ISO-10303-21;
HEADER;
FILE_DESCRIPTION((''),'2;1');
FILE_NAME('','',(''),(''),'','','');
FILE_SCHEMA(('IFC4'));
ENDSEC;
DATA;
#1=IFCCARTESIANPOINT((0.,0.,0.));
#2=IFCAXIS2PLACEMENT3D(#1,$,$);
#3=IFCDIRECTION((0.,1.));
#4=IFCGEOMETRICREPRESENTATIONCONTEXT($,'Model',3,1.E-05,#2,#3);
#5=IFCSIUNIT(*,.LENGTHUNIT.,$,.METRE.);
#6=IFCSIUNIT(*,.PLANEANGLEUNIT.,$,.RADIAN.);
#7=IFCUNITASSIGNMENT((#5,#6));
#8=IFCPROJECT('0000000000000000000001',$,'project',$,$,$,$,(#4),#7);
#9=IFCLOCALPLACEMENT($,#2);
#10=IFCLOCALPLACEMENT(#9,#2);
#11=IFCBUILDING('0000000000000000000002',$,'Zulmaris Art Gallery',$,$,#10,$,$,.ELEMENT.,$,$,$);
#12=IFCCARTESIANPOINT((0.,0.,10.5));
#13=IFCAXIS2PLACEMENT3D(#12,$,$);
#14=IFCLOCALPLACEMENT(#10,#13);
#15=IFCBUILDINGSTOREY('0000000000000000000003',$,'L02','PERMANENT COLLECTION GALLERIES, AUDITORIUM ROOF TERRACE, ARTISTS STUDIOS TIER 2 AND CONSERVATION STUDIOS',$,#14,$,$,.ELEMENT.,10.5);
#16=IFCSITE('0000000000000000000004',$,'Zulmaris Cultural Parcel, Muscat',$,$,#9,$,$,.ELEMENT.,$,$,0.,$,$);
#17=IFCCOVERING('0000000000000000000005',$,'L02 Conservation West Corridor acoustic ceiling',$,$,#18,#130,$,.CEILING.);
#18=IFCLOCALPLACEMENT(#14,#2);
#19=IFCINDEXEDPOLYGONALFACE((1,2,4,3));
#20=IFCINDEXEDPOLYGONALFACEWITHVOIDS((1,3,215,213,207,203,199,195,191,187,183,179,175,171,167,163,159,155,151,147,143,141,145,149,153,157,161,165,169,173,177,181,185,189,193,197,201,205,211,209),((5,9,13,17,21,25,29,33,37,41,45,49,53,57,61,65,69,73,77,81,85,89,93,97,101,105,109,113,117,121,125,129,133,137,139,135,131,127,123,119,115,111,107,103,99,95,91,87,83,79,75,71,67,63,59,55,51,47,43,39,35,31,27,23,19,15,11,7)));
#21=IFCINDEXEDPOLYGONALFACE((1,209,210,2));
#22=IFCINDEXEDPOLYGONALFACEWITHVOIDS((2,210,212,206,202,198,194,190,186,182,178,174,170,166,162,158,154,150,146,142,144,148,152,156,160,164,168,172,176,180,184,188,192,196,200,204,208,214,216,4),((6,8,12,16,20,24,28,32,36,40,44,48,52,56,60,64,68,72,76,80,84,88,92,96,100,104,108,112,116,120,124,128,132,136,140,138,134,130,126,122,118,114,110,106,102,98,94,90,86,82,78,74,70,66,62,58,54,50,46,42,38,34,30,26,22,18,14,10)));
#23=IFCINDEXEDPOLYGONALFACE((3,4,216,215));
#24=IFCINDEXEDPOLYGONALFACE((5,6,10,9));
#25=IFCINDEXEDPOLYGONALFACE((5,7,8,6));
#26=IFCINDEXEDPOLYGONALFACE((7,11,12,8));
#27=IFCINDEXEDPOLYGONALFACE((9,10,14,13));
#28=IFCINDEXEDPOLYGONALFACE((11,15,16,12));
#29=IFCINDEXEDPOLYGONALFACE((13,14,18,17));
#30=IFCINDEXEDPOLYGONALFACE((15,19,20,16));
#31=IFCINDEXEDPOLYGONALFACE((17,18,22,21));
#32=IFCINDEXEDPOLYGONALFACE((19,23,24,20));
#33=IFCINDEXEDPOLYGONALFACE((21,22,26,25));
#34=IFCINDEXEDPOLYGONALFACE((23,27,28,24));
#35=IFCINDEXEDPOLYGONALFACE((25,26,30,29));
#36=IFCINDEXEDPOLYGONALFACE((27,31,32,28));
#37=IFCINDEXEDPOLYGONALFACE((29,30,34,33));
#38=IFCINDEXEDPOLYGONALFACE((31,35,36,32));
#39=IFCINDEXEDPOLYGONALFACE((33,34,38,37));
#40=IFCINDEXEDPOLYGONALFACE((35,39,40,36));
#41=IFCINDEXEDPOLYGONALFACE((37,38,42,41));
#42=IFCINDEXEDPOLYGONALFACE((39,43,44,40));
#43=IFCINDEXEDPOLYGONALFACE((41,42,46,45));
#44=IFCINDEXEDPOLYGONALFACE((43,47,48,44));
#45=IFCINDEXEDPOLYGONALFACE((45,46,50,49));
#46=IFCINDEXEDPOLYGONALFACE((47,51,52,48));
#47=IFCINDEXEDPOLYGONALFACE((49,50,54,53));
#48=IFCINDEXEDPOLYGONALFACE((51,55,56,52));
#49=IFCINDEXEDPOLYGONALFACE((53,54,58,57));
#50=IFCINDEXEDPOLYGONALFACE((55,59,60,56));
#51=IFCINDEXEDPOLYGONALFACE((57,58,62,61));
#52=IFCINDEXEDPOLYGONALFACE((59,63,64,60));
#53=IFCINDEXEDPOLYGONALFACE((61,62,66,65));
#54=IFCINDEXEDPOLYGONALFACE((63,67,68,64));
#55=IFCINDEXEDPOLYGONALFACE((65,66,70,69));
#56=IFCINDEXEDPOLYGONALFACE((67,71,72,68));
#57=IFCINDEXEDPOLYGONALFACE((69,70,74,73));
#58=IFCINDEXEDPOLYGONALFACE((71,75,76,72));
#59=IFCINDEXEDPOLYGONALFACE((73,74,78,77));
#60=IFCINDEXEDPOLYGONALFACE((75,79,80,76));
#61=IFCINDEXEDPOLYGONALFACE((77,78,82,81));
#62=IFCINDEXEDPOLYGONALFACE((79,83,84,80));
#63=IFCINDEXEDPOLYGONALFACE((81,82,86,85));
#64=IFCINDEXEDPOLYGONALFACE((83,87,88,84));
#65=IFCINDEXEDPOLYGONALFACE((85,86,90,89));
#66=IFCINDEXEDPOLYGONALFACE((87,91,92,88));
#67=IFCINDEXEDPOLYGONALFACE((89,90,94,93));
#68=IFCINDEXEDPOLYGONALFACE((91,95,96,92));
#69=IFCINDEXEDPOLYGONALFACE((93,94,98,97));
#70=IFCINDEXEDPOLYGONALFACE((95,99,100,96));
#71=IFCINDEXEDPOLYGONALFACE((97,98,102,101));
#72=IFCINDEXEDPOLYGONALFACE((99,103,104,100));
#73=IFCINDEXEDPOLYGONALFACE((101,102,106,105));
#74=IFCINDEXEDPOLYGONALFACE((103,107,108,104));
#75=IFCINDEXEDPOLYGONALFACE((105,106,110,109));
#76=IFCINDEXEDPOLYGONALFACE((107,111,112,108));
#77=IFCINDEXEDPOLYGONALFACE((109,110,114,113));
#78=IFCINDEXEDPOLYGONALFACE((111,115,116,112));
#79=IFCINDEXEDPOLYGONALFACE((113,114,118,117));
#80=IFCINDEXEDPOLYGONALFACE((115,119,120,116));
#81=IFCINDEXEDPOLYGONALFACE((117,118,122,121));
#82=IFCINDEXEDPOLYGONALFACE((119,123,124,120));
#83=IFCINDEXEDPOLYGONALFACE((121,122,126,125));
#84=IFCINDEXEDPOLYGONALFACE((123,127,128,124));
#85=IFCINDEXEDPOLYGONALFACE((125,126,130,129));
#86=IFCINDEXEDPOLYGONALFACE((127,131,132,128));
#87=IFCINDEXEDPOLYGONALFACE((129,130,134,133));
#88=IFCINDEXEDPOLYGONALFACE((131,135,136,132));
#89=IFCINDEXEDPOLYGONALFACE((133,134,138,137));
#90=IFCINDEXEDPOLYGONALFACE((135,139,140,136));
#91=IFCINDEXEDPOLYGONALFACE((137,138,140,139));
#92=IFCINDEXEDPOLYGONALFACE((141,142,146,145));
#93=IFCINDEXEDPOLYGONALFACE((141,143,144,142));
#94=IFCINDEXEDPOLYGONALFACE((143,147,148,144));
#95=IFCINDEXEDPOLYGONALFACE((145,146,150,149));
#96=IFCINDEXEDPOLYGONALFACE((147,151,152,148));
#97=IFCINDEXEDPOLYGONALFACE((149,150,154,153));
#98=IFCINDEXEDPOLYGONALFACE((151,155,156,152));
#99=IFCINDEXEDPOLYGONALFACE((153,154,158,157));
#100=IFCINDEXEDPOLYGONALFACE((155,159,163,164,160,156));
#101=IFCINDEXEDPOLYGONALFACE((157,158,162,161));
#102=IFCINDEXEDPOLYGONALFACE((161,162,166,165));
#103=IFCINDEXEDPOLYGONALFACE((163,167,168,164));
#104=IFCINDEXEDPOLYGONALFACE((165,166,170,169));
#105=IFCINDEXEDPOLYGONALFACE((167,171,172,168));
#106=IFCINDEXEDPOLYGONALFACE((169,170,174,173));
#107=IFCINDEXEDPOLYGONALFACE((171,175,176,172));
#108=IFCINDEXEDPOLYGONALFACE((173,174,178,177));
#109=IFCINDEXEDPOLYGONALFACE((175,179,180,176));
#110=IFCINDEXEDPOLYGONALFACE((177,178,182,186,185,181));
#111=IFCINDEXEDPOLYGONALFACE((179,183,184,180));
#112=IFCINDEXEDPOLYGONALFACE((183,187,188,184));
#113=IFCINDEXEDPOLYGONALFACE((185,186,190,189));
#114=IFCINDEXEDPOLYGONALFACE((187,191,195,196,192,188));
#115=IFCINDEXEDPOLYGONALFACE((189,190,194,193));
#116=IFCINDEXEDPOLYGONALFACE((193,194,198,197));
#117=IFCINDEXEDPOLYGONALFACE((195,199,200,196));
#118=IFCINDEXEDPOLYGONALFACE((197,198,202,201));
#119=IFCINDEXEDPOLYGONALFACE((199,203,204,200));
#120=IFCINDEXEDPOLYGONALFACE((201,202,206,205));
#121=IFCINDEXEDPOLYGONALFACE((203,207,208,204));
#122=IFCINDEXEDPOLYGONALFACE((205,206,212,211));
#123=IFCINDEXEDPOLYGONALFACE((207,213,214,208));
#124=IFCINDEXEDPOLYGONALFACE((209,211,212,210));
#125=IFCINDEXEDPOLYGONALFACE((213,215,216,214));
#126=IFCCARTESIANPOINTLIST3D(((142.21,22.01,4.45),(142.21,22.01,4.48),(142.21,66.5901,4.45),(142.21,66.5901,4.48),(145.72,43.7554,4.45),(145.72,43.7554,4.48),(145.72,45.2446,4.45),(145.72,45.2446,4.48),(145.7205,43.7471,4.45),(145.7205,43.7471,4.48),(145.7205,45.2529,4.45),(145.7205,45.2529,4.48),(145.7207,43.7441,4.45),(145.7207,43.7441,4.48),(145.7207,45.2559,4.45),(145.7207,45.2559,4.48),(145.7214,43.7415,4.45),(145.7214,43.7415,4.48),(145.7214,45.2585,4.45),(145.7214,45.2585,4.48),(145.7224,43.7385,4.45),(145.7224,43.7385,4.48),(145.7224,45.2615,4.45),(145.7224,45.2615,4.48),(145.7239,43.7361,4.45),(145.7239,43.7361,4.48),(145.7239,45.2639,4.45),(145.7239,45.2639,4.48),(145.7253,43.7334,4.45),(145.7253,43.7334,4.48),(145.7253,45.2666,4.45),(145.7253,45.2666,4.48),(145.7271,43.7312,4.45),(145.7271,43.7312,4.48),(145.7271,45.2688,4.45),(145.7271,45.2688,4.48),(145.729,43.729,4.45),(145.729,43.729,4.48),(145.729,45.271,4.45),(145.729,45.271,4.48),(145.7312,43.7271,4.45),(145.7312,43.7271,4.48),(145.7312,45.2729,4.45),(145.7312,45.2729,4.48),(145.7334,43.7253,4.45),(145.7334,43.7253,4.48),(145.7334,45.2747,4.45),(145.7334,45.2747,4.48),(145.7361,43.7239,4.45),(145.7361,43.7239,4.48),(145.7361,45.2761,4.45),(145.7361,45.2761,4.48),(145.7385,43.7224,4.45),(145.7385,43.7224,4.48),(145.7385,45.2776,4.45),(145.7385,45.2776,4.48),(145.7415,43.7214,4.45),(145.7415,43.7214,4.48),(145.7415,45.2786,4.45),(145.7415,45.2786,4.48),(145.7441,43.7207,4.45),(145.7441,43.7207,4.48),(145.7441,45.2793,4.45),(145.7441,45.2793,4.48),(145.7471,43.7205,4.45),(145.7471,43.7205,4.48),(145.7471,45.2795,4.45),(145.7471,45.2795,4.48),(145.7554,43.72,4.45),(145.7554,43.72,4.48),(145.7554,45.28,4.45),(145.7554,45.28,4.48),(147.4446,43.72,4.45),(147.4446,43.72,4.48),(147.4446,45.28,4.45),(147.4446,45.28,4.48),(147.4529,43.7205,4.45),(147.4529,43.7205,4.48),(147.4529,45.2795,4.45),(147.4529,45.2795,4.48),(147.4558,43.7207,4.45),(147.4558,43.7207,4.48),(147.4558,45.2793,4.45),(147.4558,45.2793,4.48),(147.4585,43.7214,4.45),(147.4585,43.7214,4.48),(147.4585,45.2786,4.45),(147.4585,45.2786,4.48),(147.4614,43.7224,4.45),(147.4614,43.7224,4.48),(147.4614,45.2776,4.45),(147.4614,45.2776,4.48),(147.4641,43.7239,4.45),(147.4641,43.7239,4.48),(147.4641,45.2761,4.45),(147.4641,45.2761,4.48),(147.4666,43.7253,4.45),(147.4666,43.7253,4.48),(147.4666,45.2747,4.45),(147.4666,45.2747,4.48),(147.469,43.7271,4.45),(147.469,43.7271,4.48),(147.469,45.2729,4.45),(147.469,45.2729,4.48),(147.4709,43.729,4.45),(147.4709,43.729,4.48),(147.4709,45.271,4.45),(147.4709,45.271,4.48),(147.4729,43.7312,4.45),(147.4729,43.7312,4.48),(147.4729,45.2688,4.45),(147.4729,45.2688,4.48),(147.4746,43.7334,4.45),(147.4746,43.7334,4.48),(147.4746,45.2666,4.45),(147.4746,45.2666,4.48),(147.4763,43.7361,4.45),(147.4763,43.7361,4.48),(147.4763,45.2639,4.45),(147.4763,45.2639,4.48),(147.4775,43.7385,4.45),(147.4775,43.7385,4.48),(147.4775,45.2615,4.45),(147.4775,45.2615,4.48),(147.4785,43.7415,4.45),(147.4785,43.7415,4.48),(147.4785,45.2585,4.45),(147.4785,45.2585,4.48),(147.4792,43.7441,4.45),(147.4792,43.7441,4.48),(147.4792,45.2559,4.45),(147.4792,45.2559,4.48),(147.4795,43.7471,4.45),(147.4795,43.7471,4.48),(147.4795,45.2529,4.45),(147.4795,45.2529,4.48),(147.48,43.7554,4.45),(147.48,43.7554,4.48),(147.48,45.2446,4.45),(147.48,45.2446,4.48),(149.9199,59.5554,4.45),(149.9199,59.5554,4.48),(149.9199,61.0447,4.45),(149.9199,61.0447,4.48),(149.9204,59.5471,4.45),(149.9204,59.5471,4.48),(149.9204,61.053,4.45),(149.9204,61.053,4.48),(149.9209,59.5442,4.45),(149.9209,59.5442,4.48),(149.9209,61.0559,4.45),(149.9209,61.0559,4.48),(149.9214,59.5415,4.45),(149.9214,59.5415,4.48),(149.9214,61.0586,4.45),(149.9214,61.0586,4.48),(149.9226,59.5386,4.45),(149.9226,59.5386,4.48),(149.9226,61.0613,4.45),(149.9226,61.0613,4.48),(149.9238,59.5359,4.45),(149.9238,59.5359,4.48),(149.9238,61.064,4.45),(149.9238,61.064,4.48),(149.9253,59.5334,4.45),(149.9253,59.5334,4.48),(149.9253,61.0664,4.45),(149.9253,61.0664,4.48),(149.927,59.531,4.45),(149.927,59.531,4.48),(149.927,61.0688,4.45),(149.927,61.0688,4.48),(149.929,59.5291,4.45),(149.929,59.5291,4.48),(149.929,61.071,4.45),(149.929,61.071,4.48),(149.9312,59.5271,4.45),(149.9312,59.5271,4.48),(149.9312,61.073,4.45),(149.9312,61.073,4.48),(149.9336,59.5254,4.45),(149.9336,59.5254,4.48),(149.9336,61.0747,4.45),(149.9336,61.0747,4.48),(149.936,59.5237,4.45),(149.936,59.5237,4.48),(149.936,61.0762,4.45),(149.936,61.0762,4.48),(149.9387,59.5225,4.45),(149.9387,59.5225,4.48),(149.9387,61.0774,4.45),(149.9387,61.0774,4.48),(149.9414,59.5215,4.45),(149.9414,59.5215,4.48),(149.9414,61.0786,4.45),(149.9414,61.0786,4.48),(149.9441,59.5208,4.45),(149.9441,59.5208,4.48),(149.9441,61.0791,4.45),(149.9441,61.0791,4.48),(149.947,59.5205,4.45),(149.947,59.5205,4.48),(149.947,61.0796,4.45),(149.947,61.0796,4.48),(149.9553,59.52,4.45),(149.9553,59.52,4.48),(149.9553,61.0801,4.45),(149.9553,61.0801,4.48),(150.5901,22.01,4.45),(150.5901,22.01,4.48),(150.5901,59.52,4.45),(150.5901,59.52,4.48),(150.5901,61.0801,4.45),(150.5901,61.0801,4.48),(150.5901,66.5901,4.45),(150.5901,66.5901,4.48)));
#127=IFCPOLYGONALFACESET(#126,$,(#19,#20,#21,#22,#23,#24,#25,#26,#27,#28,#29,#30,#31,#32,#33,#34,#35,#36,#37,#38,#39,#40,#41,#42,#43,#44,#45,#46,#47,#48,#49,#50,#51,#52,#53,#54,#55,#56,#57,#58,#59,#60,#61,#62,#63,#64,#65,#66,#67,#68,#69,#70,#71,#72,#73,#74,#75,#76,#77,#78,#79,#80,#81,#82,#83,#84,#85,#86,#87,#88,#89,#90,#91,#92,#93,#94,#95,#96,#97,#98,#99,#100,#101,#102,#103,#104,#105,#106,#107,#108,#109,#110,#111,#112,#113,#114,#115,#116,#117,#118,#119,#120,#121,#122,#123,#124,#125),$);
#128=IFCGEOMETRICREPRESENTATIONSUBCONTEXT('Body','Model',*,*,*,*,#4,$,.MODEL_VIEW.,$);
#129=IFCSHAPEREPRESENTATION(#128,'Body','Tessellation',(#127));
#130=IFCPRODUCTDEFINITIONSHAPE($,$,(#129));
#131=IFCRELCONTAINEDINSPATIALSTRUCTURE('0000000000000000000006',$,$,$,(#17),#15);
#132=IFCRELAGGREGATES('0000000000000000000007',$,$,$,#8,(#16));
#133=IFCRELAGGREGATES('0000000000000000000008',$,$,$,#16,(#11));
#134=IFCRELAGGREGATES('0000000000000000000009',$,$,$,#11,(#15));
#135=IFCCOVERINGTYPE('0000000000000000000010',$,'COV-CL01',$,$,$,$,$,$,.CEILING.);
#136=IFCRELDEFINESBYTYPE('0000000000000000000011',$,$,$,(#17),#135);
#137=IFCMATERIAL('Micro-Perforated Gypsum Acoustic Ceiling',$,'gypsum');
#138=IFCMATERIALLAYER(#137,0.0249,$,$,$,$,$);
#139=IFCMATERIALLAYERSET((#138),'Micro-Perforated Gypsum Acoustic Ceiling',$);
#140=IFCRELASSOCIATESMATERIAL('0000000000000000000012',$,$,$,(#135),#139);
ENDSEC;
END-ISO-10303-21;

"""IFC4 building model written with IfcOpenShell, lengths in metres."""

from ifc_helpers import new_model, si_unit, direction, frame, origin, place, context, subcontext, project, spatial, polyline, outline, extrude, material, layer, layer_set, type_object, element, save


model = new_model("IFC4")

# Units and contexts
model_context = context("Model", 3, precision=1e-05, world=origin(), true_north=direction((0.0, 1.0)))
body_context = subcontext(model_context, "Body", "Model", "MODEL_VIEW")
ifc_project = project(units=[si_unit("LENGTHUNIT", "METRE"), si_unit("PLANEANGLEUNIT", "RADIAN")], contexts=[model_context])

# Site, building, storey
site_placement = place(None, origin())
site = spatial("IfcSite", under=ifc_project, at=site_placement, Name="Zulmaris Cultural Parcel, Muscat", CompositionType="ELEMENT", RefElevation=0.0)
building_placement = place(site_placement, origin())
building = spatial("IfcBuilding", under=site, at=building_placement, Name="Zulmaris Art Gallery", CompositionType="ELEMENT")
storey_placement = place(building_placement, frame((0.0, 0.0, 10.5)))
storey = spatial("IfcBuildingStorey", under=building, at=storey_placement, Name="L02", Description="PERMANENT COLLECTION GALLERIES, AUDITORIUM ROOF TERRACE, ARTISTS STUDIOS TIER 2 AND CONSERVATION STUDIOS", CompositionType="ELEMENT", Elevation=10.5)

# Covering
ifc_material_1 = material(Name="Micro-Perforated Gypsum Acoustic Ceiling", Category="gypsum")
ifc_layer_1 = layer(ifc_material_1, 0.0249)
ifc_layer_set_1 = layer_set([ifc_layer_1], Name="Micro-Perforated Gypsum Acoustic Ceiling")
covering_type_1 = type_object("IfcCoveringType", Name="COV-CL01", PredefinedType="CEILING", material=ifc_layer_set_1)
covering_1_placement = place(storey_placement, frame((0.0, 0.0, 4.45)))
element("IfcCovering", 1, at=covering_1_placement, inside=storey, type_object=covering_type_1, Name="L02 Conservation West Corridor acoustic ceiling", PredefinedType="CEILING", context=body_context, shape_type="SweptSolid", body=[
    extrude(outline(polyline([(149.9553, 61.0801), (149.947, 61.0796), (149.9441, 61.0791), (149.9414, 61.0786), (149.9387, 61.0774), (149.936, 61.0762), (149.9336, 61.0747), (149.9312, 61.073), (149.929, 61.071), (149.927, 61.0688), (149.9253, 61.0664), (149.9238, 61.064), (149.9226, 61.0613), (149.9214, 61.0586), (149.9209, 61.0559), (149.9204, 61.053), (149.9199, 61.0447), (149.9199, 59.5554), (149.9204, 59.5471), (149.9209, 59.5442), (149.9214, 59.5415), (149.9226, 59.5386), (149.9238, 59.5359), (149.9253, 59.5334), (149.927, 59.531), (149.929, 59.5291), (149.9312, 59.5271), (149.9336, 59.5254), (149.936, 59.5237), (149.9387, 59.5225), (149.9414, 59.5215), (149.9441, 59.5208), (149.947, 59.5205), (149.9553, 59.52), (150.5901, 59.52), (150.5901, 22.01), (142.21, 22.01), (142.21, 66.5901), (150.5901, 66.5901), (150.5901, 61.0801), (149.9553, 61.0801)]), holes=[polyline([(145.7415, 45.2786), (145.7385, 45.2776), (145.7361, 45.2761), (145.7334, 45.2747), (145.7312, 45.2729), (145.729, 45.271), (145.7271, 45.2688), (145.7253, 45.2666), (145.7239, 45.2639), (145.7224, 45.2615), (145.7214, 45.2585), (145.7207, 45.2559), (145.7205, 45.2529), (145.72, 45.2446), (145.72, 43.7554), (145.7205, 43.7471), (145.7207, 43.7441), (145.7214, 43.7415), (145.7224, 43.7385), (145.7239, 43.7361), (145.7253, 43.7334), (145.7271, 43.7312), (145.729, 43.729), (145.7312, 43.7271), (145.7334, 43.7253), (145.7361, 43.7239), (145.7385, 43.7224), (145.7415, 43.7214), (145.7441, 43.7207), (145.7471, 43.7205), (145.7554, 43.72), (147.4446, 43.72), (147.4529, 43.7205), (147.4558, 43.7207), (147.4585, 43.7214), (147.4614, 43.7224), (147.4641, 43.7239), (147.4666, 43.7253), (147.469, 43.7271), (147.4709, 43.729), (147.4729, 43.7312), (147.4746, 43.7334), (147.4763, 43.7361), (147.4775, 43.7385), (147.4785, 43.7415), (147.4792, 43.7441), (147.4795, 43.7471), (147.48, 43.7554), (147.48, 45.2446), (147.4795, 45.2529), (147.4792, 45.2559), (147.4785, 45.2585), (147.4775, 45.2615), (147.4763, 45.2639), (147.4746, 45.2666), (147.4729, 45.2688), (147.4709, 45.271), (147.469, 45.2729), (147.4666, 45.2747), (147.4641, 45.2761), (147.4614, 45.2776), (147.4585, 45.2786), (147.4558, 45.2793), (147.4529, 45.2795), (147.4446, 45.28), (145.7554, 45.28), (145.7471, 45.2795), (145.7441, 45.2793), (145.7415, 45.2786)])]), origin(), (0.0, 0.0, 1.0), 0.03),
])

save(model, "model.ifc")
